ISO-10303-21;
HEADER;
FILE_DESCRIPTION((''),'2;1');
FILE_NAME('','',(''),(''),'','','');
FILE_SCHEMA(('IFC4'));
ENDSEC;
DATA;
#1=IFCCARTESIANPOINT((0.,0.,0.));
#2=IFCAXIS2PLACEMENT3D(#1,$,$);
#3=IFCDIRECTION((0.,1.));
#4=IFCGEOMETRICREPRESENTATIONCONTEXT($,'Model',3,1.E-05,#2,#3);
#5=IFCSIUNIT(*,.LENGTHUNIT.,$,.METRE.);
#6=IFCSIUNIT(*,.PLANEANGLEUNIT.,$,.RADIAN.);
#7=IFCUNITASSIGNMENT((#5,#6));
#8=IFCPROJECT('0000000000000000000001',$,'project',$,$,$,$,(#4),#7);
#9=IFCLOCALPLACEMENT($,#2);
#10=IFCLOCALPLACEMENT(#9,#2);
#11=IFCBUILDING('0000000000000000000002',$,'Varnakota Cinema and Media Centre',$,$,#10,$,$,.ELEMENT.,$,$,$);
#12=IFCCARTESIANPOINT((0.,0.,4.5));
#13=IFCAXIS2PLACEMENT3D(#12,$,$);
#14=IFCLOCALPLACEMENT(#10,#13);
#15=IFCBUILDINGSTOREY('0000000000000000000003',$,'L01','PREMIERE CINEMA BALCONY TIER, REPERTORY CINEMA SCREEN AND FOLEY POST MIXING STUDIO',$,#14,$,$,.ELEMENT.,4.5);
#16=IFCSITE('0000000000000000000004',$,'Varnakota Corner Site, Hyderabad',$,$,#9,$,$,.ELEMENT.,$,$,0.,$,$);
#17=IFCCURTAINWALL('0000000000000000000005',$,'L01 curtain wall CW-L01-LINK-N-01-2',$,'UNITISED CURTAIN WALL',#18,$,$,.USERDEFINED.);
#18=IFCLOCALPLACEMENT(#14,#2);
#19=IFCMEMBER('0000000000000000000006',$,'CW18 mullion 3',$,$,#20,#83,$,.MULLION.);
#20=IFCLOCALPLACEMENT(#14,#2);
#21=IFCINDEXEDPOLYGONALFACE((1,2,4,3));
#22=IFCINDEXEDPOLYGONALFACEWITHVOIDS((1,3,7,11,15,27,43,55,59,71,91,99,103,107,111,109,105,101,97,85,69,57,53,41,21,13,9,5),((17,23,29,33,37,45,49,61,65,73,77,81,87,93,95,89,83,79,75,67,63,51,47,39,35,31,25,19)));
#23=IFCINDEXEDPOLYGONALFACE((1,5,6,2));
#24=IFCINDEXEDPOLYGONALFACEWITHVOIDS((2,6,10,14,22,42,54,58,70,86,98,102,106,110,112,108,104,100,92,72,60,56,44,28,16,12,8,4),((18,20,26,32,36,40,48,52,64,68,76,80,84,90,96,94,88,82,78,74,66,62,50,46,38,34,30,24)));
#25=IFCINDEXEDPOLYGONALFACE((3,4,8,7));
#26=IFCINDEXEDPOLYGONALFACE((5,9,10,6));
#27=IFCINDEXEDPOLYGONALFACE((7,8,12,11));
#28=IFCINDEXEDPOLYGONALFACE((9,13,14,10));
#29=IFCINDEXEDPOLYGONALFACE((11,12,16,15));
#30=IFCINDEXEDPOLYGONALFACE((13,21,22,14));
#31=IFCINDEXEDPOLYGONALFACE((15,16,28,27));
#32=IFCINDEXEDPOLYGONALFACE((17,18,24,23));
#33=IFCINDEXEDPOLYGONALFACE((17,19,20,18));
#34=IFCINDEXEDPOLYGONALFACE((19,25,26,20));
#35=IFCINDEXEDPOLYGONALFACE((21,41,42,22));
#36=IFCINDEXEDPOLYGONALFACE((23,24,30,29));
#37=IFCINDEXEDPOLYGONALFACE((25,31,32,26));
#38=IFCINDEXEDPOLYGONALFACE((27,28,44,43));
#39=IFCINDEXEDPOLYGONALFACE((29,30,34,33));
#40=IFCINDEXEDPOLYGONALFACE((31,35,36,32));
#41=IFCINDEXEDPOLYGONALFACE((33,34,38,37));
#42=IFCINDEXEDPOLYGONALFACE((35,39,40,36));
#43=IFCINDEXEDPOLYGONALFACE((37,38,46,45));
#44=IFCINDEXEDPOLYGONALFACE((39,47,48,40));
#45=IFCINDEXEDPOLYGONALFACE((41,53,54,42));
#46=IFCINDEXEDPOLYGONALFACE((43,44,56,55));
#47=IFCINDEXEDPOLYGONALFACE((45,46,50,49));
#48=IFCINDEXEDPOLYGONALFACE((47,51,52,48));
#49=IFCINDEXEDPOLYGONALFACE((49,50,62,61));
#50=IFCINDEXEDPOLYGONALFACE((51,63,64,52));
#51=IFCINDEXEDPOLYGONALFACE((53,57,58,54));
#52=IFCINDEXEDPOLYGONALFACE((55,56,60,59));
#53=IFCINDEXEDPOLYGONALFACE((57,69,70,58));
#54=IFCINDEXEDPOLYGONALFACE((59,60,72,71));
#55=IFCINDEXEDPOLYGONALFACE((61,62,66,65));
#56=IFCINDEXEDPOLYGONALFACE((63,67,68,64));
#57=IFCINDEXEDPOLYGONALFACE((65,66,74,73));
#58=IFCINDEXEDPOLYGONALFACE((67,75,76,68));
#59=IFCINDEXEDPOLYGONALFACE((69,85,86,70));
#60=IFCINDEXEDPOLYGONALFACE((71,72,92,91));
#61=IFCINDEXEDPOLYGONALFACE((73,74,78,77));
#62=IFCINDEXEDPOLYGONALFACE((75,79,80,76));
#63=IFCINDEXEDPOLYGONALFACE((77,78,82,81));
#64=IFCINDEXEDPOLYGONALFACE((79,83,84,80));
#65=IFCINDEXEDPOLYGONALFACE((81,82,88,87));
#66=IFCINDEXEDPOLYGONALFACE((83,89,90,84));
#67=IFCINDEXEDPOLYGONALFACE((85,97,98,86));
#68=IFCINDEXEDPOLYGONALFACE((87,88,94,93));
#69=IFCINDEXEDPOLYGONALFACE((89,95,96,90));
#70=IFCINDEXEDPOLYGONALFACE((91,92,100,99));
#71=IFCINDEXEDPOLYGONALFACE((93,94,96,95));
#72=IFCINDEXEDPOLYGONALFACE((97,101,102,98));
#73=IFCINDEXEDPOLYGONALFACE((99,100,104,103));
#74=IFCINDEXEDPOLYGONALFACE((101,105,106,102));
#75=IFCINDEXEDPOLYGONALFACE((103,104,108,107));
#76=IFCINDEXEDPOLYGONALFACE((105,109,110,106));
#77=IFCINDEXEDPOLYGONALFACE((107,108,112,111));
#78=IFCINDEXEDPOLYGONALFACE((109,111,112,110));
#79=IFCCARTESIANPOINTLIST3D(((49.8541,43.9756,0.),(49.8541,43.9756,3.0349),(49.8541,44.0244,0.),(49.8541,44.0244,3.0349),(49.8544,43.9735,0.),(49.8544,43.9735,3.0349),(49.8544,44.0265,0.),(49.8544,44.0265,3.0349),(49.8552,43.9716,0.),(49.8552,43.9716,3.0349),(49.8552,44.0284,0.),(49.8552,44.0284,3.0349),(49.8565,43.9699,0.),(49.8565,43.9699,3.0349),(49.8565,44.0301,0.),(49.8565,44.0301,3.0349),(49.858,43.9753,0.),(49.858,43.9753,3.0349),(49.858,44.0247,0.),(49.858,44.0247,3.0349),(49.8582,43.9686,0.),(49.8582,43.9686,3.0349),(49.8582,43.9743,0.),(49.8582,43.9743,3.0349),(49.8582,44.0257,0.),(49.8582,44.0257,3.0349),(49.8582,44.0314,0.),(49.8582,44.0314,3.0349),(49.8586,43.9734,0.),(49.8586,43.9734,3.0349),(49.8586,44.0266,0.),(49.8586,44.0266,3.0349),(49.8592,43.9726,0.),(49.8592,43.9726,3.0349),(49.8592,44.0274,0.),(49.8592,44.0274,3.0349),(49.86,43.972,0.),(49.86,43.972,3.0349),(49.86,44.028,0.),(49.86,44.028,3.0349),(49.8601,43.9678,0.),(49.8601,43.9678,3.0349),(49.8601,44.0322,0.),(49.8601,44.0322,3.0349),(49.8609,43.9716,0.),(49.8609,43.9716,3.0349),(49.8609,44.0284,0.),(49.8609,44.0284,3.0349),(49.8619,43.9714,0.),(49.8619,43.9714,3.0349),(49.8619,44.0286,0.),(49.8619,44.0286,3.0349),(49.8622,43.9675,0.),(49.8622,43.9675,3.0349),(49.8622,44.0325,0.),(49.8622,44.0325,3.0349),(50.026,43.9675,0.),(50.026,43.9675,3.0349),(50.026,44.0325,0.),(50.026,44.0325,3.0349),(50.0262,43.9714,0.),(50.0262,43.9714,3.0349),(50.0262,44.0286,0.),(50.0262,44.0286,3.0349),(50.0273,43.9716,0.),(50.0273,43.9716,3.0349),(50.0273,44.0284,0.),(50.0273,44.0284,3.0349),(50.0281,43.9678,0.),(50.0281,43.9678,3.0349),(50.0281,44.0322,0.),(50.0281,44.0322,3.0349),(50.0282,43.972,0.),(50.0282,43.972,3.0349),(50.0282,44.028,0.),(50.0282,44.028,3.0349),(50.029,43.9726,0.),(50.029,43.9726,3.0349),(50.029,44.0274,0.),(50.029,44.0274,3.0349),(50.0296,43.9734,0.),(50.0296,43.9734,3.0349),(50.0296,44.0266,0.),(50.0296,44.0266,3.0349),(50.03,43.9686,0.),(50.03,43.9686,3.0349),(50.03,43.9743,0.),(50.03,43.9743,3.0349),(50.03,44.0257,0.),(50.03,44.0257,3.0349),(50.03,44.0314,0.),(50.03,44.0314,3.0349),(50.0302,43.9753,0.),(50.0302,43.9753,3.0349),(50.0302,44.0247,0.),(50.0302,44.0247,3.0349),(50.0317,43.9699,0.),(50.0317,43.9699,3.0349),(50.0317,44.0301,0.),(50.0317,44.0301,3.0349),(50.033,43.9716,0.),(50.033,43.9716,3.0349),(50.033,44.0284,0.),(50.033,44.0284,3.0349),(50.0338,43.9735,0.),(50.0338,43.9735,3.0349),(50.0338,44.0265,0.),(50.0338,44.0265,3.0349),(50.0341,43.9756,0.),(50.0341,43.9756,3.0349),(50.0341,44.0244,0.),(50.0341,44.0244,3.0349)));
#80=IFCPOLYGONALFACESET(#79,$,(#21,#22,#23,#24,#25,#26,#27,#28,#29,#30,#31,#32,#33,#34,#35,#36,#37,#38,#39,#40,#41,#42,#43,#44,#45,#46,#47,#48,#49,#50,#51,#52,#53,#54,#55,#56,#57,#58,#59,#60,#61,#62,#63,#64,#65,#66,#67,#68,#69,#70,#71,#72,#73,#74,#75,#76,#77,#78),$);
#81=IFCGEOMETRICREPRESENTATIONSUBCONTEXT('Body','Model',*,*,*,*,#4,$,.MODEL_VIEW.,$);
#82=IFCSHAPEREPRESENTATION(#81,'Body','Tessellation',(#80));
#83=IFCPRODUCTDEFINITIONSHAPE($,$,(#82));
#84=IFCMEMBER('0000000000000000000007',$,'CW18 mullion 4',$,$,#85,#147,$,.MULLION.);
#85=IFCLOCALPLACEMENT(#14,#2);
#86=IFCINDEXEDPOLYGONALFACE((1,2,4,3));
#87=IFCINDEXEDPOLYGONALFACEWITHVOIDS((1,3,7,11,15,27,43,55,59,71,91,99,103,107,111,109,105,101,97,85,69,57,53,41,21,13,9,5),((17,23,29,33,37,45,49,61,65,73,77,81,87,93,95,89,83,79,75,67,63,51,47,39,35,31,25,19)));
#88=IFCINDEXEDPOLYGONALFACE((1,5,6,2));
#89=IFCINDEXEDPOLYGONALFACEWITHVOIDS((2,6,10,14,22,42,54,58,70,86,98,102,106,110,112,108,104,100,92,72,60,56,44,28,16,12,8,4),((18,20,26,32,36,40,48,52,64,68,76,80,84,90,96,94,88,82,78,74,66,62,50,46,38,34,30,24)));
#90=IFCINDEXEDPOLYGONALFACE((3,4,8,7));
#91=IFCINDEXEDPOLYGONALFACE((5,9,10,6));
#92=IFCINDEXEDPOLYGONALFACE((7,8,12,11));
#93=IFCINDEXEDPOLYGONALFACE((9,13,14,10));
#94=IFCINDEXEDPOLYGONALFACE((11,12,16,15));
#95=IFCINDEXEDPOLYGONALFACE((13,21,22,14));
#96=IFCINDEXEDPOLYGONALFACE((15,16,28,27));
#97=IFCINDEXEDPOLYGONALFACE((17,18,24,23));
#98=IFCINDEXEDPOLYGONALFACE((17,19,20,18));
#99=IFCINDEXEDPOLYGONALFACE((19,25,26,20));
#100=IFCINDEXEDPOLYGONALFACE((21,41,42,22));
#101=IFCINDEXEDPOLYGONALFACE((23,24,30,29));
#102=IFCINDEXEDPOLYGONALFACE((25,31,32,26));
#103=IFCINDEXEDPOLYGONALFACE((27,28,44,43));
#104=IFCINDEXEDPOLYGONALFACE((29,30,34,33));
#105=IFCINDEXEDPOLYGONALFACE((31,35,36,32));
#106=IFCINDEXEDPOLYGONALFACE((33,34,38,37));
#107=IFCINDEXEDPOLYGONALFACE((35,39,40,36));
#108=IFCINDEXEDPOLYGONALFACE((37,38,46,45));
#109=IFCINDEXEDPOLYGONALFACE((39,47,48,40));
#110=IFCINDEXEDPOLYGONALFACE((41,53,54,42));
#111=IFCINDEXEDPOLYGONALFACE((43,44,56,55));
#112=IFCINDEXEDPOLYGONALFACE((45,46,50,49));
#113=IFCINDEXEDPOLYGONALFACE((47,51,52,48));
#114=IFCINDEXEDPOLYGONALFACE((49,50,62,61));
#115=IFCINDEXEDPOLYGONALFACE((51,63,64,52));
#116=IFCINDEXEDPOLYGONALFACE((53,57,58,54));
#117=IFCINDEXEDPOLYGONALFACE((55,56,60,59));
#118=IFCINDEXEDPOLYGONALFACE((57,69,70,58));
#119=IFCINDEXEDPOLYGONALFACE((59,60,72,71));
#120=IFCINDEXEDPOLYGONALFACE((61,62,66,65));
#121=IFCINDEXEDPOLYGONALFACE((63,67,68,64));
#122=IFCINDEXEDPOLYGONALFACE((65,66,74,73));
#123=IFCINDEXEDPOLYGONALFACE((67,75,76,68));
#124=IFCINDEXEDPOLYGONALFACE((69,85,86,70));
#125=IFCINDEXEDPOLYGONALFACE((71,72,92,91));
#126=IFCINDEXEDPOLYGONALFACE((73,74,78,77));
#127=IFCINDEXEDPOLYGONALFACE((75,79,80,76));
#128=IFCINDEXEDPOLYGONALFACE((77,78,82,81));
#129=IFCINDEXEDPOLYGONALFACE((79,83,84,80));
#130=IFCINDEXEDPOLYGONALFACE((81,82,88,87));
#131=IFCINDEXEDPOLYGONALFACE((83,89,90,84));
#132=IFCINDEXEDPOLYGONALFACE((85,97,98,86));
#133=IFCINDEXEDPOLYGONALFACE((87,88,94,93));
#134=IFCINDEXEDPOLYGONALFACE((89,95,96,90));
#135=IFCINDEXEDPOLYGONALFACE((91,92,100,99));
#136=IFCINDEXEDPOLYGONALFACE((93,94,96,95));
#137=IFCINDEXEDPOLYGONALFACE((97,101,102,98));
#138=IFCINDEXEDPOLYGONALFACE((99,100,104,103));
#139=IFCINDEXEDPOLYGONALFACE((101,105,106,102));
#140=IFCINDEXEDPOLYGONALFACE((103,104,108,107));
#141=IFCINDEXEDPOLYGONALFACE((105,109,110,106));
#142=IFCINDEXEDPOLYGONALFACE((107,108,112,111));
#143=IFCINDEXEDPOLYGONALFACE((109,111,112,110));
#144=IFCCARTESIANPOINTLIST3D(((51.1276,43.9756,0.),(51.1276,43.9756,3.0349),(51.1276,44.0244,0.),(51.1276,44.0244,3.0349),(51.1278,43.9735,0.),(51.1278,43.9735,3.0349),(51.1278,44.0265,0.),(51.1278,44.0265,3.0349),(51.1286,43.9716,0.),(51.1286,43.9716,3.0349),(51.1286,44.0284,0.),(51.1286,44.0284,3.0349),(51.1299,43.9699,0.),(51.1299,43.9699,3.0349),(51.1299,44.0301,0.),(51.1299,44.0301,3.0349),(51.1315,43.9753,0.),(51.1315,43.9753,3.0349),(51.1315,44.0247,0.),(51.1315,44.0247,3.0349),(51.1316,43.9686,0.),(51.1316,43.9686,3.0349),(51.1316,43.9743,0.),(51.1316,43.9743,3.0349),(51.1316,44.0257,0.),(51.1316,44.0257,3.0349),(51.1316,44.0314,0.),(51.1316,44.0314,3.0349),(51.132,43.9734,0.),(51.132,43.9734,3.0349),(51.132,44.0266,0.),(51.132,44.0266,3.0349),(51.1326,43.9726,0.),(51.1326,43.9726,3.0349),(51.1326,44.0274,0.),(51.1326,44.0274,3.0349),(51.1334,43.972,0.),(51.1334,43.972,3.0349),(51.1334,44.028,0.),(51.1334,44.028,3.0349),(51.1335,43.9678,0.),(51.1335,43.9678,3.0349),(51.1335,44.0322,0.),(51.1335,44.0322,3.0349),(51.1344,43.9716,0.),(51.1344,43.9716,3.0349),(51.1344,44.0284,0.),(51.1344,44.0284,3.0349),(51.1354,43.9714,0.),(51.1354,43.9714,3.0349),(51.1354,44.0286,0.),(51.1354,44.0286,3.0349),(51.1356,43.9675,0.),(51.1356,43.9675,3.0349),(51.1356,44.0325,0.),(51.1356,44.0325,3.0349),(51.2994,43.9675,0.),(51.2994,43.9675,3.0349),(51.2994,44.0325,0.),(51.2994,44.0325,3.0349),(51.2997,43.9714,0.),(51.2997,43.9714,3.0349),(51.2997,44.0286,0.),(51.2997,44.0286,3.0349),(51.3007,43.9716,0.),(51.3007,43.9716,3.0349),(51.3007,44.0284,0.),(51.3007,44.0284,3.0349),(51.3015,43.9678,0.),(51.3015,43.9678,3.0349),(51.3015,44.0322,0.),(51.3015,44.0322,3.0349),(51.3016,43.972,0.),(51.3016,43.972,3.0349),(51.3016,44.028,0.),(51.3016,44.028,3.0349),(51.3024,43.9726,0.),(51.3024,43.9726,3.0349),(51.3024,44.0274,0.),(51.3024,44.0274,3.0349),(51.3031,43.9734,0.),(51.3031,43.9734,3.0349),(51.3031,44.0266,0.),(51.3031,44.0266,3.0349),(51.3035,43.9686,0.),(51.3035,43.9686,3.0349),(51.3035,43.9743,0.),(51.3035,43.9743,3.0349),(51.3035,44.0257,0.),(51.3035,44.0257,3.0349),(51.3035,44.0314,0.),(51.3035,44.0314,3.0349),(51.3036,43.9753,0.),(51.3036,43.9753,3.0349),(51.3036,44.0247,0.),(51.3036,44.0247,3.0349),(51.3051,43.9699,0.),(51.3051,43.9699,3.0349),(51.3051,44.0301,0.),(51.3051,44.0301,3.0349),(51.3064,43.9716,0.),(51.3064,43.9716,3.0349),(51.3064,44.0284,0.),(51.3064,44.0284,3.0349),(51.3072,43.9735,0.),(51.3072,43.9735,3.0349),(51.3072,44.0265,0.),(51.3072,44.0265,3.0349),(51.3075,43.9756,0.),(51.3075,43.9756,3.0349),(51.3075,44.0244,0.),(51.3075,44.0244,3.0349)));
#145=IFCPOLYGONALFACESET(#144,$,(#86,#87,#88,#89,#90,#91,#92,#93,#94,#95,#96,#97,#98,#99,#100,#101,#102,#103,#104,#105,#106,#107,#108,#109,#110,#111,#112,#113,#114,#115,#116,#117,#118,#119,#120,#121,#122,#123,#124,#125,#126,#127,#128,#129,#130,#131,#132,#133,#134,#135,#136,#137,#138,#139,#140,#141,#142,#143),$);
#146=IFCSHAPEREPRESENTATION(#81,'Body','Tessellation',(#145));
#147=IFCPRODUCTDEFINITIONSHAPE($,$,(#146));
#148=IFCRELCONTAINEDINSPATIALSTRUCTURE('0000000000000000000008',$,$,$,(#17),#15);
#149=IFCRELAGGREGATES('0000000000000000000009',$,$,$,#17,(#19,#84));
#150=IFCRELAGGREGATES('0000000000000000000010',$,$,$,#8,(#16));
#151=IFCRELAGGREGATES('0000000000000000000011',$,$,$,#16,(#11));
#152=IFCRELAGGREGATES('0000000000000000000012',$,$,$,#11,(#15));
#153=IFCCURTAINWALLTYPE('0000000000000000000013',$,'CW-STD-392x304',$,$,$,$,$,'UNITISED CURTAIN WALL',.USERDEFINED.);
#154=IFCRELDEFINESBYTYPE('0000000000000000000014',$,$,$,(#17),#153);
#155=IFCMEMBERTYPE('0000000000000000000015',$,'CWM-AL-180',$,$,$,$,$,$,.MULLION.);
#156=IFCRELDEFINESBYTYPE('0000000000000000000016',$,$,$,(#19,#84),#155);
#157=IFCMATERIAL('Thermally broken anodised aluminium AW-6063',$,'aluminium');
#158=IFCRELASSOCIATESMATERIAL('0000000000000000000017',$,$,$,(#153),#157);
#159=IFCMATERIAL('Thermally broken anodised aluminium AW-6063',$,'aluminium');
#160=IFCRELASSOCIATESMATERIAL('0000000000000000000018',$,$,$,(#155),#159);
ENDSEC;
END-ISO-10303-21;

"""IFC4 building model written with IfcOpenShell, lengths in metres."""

from ifc_helpers import new_model, si_unit, direction, frame, origin, origin_2d, place, context, subcontext, project, spatial, hollow_rectangle, extrude, material, material_profile, profile_set, type_object, element, aggregate, save


model = new_model("IFC4")

# Units and contexts
model_context = context("Model", 3, precision=1e-05, world=origin(), true_north=direction((0.0, 1.0)))
body_context = subcontext(model_context, "Body", "Model", "MODEL_VIEW")
ifc_project = project(units=[si_unit("LENGTHUNIT", "METRE"), si_unit("PLANEANGLEUNIT", "RADIAN")], contexts=[model_context])

# Site, building, storey
site_placement = place(None, origin())
site = spatial("IfcSite", under=ifc_project, at=site_placement, Name="Varnakota Corner Site, Hyderabad", CompositionType="ELEMENT", RefElevation=0.0)
building_placement = place(site_placement, origin())
building = spatial("IfcBuilding", under=site, at=building_placement, Name="Varnakota Cinema and Media Centre", CompositionType="ELEMENT")
storey_placement = place(building_placement, frame((0.0, 0.0, 4.5)))
storey = spatial("IfcBuildingStorey", under=building, at=storey_placement, Name="L01", Description="PREMIERE CINEMA BALCONY TIER, REPERTORY CINEMA SCREEN AND FOLEY POST MIXING STUDIO", CompositionType="ELEMENT", Elevation=4.5)

# Shared definitions
ifc_material_1 = material(Name="Thermally broken anodised aluminium AW-6063", Category="aluminium")
curtain_wall_type = type_object("IfcCurtainWallType", Name="CW-STD-392x304", ElementType="UNITISED CURTAIN WALL", PredefinedType="USERDEFINED", material=ifc_material_1)
ifc_material_2 = material(Name="Thermally broken anodised aluminium AW-6063", Category="aluminium")
ifc_material_profile_1 = material_profile(ifc_material_2, hollow_rectangle(XDim=0.0649, YDim=0.1799, WallThickness=0.0039, InnerFilletRadius=0.0039, OuterFilletRadius=0.0081, at=origin_2d()), Name="AL-MULLION 180x65x4")
ifc_profile_set_1 = profile_set([ifc_material_profile_1], Name="Thermally broken anodised aluminium AW-6063")
member_type_1 = type_object("IfcMemberType", Name="CWM-AL-180", PredefinedType="MULLION", material=ifc_profile_set_1)

# Curtain wall, members
curtain_wall_1_placement = place(storey_placement, origin())
curtain_wall_1 = element("IfcCurtainWall", 1, at=curtain_wall_1_placement, inside=storey, type_object=curtain_wall_type, Name="L01 curtain wall CW-L01-LINK-N-01-2", ObjectType="UNITISED CURTAIN WALL", PredefinedType="USERDEFINED")
member_1_placement = place(storey_placement, frame((49.9441, 44.0, 0.0), z_axis=(0.0, 0.0, 1.0), x_axis=(0.0, 1.0, 0.0)))
member_1 = element("IfcMember", 2, at=member_1_placement, type_object=member_type_1, Name="CW18 mullion 3", PredefinedType="MULLION", context=body_context, shape_type="SweptSolid", body=[
    extrude(hollow_rectangle(XDim=0.0649, YDim=0.1799, WallThickness=0.0039, InnerFilletRadius=0.0039, OuterFilletRadius=0.0081, at=origin_2d()), origin(), (0.0, 0.0, 1.0), 3.0349),
])
member_2_placement = place(storey_placement, frame((51.2175, 44.0, 0.0), z_axis=(0.0, 0.0, 1.0), x_axis=(0.0, 1.0, 0.0)))
member_2 = element("IfcMember", 3, at=member_2_placement, type_object=member_type_1, Name="CW18 mullion 4", PredefinedType="MULLION", context=body_context, shape_type="SweptSolid", body=[
    extrude(hollow_rectangle(XDim=0.0649, YDim=0.1799, WallThickness=0.0039, InnerFilletRadius=0.0039, OuterFilletRadius=0.0081, at=origin_2d()), origin(), (0.0, 0.0, 1.0), 3.0349),
])

aggregate(curtain_wall_1, [member_1, member_2])

save(model, "model.ifc")
